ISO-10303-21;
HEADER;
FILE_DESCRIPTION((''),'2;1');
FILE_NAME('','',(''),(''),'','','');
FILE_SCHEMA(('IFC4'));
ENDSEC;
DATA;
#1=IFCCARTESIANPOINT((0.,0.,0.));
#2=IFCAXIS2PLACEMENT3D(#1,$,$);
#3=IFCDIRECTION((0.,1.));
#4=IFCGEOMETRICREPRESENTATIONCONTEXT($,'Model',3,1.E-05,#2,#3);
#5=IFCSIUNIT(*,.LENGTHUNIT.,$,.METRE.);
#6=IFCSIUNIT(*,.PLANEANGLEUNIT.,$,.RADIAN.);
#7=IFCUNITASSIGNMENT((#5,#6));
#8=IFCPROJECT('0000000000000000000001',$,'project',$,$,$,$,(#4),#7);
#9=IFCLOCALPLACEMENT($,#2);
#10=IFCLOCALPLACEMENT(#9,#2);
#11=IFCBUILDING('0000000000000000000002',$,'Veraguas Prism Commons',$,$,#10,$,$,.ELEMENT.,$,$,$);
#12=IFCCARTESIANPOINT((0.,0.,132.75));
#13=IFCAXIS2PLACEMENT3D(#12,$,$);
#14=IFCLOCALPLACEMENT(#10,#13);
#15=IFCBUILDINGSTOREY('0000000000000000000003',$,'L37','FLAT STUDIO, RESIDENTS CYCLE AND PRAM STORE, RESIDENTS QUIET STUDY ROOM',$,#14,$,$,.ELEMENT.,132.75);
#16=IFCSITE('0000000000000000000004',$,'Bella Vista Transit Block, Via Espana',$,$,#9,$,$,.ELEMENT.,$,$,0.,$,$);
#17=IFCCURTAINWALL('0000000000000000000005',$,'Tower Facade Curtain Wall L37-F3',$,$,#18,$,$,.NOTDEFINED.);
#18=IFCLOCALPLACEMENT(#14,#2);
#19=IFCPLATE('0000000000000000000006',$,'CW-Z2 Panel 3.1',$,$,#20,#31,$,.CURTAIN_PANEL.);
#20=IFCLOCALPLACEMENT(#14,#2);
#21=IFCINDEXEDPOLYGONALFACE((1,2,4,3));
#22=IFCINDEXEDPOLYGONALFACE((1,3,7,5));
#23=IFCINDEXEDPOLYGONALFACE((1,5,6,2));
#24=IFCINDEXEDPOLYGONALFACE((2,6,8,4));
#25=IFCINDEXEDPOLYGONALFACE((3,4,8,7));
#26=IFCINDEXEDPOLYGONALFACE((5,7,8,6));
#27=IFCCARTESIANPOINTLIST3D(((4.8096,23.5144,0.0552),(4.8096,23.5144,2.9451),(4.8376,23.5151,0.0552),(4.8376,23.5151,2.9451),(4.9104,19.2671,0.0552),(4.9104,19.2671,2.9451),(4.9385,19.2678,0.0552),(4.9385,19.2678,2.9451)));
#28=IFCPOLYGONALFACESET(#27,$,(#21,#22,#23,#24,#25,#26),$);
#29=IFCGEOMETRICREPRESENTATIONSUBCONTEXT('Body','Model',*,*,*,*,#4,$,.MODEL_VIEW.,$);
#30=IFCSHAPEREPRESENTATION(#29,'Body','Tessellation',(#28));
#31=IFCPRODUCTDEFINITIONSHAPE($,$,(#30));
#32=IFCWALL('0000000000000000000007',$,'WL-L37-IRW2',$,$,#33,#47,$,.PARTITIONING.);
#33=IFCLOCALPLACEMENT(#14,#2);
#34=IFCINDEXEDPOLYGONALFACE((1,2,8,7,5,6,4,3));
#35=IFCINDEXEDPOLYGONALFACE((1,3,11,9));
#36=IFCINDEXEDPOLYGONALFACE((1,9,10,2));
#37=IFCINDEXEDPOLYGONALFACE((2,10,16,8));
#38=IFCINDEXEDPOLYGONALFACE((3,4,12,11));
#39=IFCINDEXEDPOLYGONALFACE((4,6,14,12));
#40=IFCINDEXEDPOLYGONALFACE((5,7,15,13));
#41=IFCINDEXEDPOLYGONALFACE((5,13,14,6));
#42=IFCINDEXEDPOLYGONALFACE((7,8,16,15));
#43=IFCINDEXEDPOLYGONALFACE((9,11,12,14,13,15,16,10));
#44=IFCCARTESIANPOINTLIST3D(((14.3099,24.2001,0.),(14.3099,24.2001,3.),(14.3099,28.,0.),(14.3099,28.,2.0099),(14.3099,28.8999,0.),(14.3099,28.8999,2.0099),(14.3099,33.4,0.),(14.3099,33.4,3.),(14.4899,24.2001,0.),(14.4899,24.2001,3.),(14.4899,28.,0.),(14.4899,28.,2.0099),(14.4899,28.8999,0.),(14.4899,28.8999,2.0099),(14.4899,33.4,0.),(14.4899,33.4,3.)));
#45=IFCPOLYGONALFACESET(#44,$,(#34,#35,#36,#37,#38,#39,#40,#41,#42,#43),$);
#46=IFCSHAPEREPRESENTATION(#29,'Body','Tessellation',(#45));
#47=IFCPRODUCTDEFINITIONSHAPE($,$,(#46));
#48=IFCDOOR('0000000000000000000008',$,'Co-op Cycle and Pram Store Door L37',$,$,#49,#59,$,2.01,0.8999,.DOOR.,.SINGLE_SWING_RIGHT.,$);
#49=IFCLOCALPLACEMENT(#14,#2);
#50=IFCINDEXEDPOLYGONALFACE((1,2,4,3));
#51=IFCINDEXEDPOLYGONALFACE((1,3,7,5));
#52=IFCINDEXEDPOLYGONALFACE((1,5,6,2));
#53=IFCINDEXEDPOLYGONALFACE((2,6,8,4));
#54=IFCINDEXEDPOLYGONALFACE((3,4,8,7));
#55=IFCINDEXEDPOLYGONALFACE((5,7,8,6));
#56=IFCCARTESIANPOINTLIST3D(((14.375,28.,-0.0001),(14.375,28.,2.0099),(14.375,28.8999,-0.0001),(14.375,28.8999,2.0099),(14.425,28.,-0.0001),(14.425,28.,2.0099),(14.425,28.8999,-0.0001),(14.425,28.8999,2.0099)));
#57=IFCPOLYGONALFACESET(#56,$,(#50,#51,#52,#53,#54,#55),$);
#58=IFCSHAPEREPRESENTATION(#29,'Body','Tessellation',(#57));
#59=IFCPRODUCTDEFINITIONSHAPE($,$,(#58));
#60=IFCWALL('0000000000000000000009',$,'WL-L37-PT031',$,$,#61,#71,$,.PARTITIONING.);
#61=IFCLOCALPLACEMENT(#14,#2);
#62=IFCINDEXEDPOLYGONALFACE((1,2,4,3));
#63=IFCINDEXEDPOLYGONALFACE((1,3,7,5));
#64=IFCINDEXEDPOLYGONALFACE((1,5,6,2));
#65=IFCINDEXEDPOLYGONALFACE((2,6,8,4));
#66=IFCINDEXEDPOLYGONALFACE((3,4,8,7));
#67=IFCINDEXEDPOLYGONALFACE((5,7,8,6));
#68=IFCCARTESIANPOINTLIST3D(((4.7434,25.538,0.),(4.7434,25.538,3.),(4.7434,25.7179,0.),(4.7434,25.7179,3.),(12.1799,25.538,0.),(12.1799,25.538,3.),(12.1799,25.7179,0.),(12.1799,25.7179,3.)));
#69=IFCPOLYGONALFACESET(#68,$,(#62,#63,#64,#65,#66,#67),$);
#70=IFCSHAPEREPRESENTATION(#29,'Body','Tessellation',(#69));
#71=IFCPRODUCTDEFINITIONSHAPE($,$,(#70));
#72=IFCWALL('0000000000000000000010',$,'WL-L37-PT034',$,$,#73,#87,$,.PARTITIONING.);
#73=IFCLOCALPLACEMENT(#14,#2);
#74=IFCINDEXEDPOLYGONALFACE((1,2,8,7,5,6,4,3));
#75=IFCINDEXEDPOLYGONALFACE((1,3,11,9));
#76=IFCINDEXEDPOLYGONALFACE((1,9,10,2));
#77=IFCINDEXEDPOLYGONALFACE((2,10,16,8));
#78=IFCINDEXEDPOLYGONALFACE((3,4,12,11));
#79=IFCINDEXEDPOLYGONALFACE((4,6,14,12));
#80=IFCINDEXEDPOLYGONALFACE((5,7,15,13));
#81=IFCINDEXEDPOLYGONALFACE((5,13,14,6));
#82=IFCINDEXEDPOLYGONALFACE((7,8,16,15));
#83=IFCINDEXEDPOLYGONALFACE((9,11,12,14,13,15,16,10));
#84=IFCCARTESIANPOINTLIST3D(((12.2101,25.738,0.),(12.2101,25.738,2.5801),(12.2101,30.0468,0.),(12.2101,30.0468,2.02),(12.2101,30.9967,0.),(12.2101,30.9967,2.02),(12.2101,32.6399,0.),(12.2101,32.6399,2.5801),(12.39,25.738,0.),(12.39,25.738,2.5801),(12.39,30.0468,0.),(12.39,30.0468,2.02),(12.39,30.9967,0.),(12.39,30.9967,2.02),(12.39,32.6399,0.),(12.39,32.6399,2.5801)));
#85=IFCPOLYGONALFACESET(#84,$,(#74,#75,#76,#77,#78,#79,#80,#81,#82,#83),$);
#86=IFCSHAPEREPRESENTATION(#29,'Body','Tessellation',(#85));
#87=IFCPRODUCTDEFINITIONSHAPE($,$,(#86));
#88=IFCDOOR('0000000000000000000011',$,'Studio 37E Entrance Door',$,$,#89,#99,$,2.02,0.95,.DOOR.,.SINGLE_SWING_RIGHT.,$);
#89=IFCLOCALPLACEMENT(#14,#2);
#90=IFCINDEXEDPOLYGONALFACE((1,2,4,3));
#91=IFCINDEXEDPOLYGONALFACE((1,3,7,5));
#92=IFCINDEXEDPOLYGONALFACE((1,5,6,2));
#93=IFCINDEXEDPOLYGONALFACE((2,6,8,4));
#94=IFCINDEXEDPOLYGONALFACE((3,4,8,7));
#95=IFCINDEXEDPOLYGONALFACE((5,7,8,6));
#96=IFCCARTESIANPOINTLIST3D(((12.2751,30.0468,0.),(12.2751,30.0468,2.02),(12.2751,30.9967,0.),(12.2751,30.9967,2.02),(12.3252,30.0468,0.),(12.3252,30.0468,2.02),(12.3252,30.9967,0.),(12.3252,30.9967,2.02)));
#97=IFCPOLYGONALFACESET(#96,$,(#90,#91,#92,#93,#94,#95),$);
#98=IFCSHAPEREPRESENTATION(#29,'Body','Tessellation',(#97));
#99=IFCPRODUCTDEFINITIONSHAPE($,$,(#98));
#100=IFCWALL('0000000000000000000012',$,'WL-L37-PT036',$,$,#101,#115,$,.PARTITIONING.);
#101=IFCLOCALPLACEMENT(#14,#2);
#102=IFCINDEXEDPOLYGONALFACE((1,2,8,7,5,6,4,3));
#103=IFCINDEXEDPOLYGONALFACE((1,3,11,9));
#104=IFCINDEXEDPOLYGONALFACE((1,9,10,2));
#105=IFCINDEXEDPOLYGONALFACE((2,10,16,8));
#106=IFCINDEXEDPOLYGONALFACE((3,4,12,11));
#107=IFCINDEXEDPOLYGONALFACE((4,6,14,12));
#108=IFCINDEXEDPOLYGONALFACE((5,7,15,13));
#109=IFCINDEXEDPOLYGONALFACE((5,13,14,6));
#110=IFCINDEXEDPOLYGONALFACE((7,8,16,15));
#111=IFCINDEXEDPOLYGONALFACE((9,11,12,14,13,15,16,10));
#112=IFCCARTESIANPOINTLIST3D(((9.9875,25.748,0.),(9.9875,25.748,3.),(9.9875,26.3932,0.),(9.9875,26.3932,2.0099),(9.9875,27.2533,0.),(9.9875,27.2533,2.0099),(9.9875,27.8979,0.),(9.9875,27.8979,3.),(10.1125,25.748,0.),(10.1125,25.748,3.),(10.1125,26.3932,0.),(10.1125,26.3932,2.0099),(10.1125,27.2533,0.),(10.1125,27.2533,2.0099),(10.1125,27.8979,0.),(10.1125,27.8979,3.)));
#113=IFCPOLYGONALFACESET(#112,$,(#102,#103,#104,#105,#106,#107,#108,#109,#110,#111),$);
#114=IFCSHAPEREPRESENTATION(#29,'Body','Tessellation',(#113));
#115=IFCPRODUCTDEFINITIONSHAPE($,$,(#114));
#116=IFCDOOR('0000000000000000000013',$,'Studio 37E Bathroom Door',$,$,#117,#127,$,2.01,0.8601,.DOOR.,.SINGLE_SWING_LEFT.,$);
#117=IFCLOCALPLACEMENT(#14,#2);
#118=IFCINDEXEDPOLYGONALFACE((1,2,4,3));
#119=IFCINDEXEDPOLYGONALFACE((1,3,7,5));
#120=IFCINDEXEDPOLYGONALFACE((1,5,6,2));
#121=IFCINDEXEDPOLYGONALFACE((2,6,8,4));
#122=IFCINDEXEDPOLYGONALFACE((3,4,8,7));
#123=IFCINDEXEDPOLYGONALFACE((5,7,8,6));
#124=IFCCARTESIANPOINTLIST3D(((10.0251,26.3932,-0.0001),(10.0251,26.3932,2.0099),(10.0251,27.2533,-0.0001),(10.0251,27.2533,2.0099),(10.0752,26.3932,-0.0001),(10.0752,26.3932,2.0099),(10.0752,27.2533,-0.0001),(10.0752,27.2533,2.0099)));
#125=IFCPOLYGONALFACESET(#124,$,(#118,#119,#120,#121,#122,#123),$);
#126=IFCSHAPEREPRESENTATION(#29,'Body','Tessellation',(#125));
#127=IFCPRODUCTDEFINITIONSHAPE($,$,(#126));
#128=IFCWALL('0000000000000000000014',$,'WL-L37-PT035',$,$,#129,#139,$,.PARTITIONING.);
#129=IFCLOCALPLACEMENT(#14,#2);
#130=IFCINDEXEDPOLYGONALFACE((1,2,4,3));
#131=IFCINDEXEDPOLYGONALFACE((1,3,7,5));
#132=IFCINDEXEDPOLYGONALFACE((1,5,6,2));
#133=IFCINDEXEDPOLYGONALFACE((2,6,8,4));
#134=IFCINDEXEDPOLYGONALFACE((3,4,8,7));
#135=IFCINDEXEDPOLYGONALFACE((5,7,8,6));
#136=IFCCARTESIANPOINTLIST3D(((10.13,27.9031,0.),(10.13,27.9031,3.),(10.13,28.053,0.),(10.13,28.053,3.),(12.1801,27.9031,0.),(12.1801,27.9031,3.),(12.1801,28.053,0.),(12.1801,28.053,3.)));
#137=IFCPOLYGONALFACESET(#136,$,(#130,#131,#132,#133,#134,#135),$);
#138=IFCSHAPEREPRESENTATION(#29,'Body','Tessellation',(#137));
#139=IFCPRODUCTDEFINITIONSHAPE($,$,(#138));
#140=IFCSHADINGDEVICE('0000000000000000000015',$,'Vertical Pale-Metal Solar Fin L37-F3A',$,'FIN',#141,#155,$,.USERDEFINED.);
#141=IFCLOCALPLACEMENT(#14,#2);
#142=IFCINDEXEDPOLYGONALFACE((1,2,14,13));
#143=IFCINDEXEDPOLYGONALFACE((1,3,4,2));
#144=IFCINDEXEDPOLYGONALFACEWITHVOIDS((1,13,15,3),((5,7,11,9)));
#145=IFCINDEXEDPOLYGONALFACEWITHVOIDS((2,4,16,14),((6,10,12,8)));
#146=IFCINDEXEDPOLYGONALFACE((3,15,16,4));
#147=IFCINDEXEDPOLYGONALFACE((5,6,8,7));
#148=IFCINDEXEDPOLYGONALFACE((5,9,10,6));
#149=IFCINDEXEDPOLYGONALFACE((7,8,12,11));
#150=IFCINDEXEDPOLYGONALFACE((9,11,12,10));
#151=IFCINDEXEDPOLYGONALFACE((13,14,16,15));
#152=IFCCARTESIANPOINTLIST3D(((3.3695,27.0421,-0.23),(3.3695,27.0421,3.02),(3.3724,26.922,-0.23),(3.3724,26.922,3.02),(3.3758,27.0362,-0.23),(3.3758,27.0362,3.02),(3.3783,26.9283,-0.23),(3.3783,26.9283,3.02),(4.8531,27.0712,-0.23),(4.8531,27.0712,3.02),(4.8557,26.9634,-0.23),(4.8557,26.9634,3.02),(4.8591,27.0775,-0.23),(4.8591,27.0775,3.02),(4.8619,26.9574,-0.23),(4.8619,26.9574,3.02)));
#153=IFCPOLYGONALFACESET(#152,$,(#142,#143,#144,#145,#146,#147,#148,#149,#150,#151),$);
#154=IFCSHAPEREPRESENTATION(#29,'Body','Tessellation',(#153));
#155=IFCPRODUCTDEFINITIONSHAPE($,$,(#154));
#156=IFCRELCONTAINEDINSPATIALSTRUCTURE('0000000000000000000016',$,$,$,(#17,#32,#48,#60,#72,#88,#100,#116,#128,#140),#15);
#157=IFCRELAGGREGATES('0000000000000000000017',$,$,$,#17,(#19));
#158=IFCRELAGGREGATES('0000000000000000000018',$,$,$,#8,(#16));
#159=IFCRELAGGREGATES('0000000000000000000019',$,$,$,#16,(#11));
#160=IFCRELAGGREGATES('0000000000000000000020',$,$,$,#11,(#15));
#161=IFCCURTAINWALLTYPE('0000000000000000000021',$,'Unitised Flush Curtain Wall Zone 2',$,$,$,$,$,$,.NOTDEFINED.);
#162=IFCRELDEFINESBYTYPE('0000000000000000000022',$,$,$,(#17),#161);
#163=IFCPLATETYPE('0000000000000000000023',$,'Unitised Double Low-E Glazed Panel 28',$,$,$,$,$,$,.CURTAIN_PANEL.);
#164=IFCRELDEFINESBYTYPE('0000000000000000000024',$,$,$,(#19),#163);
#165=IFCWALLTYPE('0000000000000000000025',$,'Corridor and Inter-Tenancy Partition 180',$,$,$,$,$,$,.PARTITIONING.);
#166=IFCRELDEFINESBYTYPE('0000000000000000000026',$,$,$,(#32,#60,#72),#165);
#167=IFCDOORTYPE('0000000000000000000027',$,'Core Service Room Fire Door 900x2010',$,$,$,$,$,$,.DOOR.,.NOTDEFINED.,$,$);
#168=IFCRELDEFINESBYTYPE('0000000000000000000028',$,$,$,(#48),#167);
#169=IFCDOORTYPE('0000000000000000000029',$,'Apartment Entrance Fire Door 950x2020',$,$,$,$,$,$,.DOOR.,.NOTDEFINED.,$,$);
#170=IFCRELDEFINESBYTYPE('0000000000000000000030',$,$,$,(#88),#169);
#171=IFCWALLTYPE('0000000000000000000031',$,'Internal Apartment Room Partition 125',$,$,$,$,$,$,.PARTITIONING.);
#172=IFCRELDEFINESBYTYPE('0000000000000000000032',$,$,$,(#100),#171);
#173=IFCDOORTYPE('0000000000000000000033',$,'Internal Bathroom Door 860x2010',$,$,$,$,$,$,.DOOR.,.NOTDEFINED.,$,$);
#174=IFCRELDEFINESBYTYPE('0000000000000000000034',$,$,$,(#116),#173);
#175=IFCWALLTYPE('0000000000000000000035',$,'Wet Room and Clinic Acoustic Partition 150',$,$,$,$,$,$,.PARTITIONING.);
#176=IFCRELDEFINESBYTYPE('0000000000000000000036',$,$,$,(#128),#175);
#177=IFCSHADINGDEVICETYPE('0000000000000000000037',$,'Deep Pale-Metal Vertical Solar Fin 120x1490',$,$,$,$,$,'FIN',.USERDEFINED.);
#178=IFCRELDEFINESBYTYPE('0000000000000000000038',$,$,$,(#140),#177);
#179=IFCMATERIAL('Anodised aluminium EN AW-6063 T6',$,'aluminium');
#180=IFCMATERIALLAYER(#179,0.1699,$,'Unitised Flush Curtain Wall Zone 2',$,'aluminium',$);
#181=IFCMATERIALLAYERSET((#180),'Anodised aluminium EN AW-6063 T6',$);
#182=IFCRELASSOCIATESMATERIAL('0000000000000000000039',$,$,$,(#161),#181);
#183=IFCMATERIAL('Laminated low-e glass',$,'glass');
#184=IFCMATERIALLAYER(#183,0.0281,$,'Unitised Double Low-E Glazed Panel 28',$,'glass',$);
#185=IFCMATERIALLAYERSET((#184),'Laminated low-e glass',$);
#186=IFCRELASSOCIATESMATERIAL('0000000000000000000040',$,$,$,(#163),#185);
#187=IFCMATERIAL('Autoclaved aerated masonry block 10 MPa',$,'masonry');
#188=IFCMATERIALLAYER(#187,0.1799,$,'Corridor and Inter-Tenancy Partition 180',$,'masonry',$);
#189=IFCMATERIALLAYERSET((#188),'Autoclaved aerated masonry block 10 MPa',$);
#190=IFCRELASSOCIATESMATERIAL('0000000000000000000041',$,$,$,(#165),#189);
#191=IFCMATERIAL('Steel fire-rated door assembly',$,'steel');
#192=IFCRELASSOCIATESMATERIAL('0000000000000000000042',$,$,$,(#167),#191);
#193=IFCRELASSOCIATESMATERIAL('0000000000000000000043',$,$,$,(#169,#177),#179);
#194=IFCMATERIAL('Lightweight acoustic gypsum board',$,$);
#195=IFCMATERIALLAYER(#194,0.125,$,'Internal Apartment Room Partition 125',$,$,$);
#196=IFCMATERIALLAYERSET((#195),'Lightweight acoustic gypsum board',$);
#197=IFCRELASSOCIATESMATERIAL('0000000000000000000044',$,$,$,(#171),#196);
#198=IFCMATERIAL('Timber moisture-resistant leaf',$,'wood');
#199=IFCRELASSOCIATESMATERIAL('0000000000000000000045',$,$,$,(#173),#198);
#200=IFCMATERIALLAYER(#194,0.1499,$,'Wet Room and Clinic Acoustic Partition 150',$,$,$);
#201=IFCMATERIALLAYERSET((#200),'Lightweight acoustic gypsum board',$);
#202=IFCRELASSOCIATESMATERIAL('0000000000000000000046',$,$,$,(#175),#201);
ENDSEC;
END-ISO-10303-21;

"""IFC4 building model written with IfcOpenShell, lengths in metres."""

from ifc_helpers import new_model, si_unit, direction, frame, frame_2d, origin, origin_2d, place, context, subcontext, project, spatial, rectangle, hollow_rectangle, extrude, source, transform, mapped, material, layer, layer_set, material_profile, profile_set, type_object, element, fill, aggregate, save


model = new_model("IFC4")

# Units and contexts
model_context = context("Model", 3, precision=1e-05, world=origin(), true_north=direction((0.0, 1.0)))
body_context = subcontext(model_context, "Body", "Model", "MODEL_VIEW")
ifc_project = project(units=[si_unit("LENGTHUNIT", "METRE"), si_unit("PLANEANGLEUNIT", "RADIAN")], contexts=[model_context])

# Site, building, storey
site_placement = place(None, origin())
site = spatial("IfcSite", under=ifc_project, at=site_placement, Name="Bella Vista Transit Block, Via Espana", CompositionType="ELEMENT", RefElevation=0.0)
building_placement = place(site_placement, origin())
building = spatial("IfcBuilding", under=site, at=building_placement, Name="Veraguas Prism Commons", CompositionType="ELEMENT")
storey_placement = place(building_placement, frame((0.0, 0.0, 132.75)))
storey = spatial("IfcBuildingStorey", under=building, at=storey_placement, Name="L37", Description="FLAT STUDIO, RESIDENTS CYCLE AND PRAM STORE, RESIDENTS QUIET STUDY ROOM", CompositionType="ELEMENT", Elevation=132.75)

# Curtain wall, plate
ifc_material_1 = material(Name="Anodised aluminium EN AW-6063 T6", Category="aluminium")
ifc_layer_1 = layer(ifc_material_1, 0.1699, Name="Unitised Flush Curtain Wall Zone 2", Category="aluminium")
ifc_layer_set_1 = layer_set([ifc_layer_1], Name="Anodised aluminium EN AW-6063 T6")
curtain_wall_type = type_object("IfcCurtainWallType", Name="Unitised Flush Curtain Wall Zone 2", PredefinedType="NOTDEFINED", material=ifc_layer_set_1)
curtain_wall_placement = place(storey_placement, origin())
curtain_wall = element("IfcCurtainWall", 1, at=curtain_wall_placement, inside=storey, type_object=curtain_wall_type, Name="Tower Facade Curtain Wall L37-F3", PredefinedType="NOTDEFINED")
ifc_material_2 = material(Name="Laminated low-e glass", Category="glass")
ifc_layer_2 = layer(ifc_material_2, 0.0281, Name="Unitised Double Low-E Glazed Panel 28", Category="glass")
ifc_layer_set_2 = layer_set([ifc_layer_2], Name="Laminated low-e glass")
plate_type = type_object("IfcPlateType", Name="Unitised Double Low-E Glazed Panel 28", PredefinedType="CURTAIN_PANEL", material=ifc_layer_set_2)
shared_shape_1 = source(origin(), body_context, "Body", "SweptSolid", [
    extrude(rectangle(XDim=4.2485, YDim=0.0281, at=origin_2d()), origin(), (0.0, 0.0, 1.0), 2.8899),
])
plate_1_placement = place(storey_placement, frame((4.874, 21.3911, 0.0552), z_axis=(0.0, 0.0, 1.0), x_axis=(0.023738, -0.999718, 0.0)))
plate_1 = element("IfcPlate", 2, at=plate_1_placement, type_object=plate_type, Name="CW-Z2 Panel 3.1", PredefinedType="CURTAIN_PANEL", context=body_context, shape_type="MappedRepresentation", body=[
    mapped(shared_shape_1, transform((0.0, 0.0, 0.0), scale=1.0)),
])
aggregate(curtain_wall, [plate_1])

# Wall, opening, door
ifc_material_3 = material(Name="Autoclaved aerated masonry block 10 MPa", Category="masonry")
ifc_layer_3 = layer(ifc_material_3, 0.1799, Name="Corridor and Inter-Tenancy Partition 180", Category="masonry")
ifc_layer_set_3 = layer_set([ifc_layer_3], Name="Autoclaved aerated masonry block 10 MPa")
wall_type_1 = type_object("IfcWallType", Name="Corridor and Inter-Tenancy Partition 180", PredefinedType="PARTITIONING", material=ifc_layer_set_3)
wall_1_placement = place(storey_placement, frame((14.3999, 24.2, 0.0), z_axis=(0.0, 0.0, 1.0), x_axis=(0.0, 1.0, 0.0)))
wall_1 = element("IfcWall", 3, at=wall_1_placement, inside=storey, type_object=wall_type_1, Name="WL-L37-IRW2", PredefinedType="PARTITIONING", context=body_context, shape_type="SweptSolid", body=[
    extrude(rectangle(XDim=9.2, YDim=0.1799, at=frame_2d((4.6001, 0.0))), origin(), (0.0, 0.0, 1.0), 3.0),
])
opening_1_placement = place(wall_1_placement, frame((3.8, 0.0, 0.0)))
opening_1 = element("IfcOpeningElement", 4, at=opening_1_placement, cuts=wall_1, PredefinedType="OPENING", context=body_context, shape_type="SweptSolid", body=[
    extrude(rectangle(XDim=0.8999, YDim=2.01, at=frame_2d((0.45, 1.0049))), frame((0.0, 0.0999, 0.0), z_axis=(0.0, -1.0, 0.0), x_axis=(1.0, 0.0, 0.0)), (0.0, 0.0, 1.0), 0.2),
])
ifc_material_4 = material(Name="Steel fire-rated door assembly", Category="steel")
door_type_1 = type_object("IfcDoorType", Name="Core Service Room Fire Door 900x2010", OperationType="NOTDEFINED", PredefinedType="DOOR", material=ifc_material_4)
shared_shape_2 = source(origin(), body_context, "Body", "SweptSolid", [
    extrude(rectangle(XDim=0.8999, YDim=2.01, at=frame_2d((0.45, 1.0049))), frame((0.0, 0.0249, 0.0), z_axis=(0.0, -1.0, 0.0), x_axis=(1.0, 0.0, 0.0)), (0.0, 0.0, 1.0), 0.05),
])
door_1_placement = place(opening_1_placement, origin())
door_1 = element("IfcDoor", 5, at=door_1_placement, inside=storey, type_object=door_type_1, Name="Co-op Cycle and Pram Store Door L37", OperationType="SINGLE_SWING_RIGHT", OverallHeight=2.01, OverallWidth=0.8999, PredefinedType="DOOR", context=body_context, shape_type="MappedRepresentation", body=[
    mapped(shared_shape_2, transform((0.0, 0.0, 0.0), scale=1.0)),
])
fill(opening_1, door_1)

# Wall
wall_2_placement = place(storey_placement, frame((12.1799, 25.6279, 0.0), z_axis=(0.0, 0.0, 1.0), x_axis=(-1.0, 0.0, 0.0)))
element("IfcWall", 6, at=wall_2_placement, inside=storey, type_object=wall_type_1, Name="WL-L37-PT031", PredefinedType="PARTITIONING", context=body_context, shape_type="SweptSolid", body=[
    extrude(rectangle(XDim=7.4365, YDim=0.1799, at=frame_2d((3.7183, 0.0))), origin(), (0.0, 0.0, 1.0), 3.0),
])

# Walls, openings, doors
wall_3_placement = place(storey_placement, frame((12.3, 25.738, 0.0), z_axis=(0.0, 0.0, 1.0), x_axis=(0.0, 1.0, 0.0)))
wall_3 = element("IfcWall", 7, at=wall_3_placement, inside=storey, type_object=wall_type_1, Name="WL-L37-PT034", PredefinedType="PARTITIONING", context=body_context, shape_type="SweptSolid", body=[
    extrude(rectangle(XDim=6.9019, YDim=0.1799, at=frame_2d((3.4509, 0.0))), origin(), (0.0, 0.0, 1.0), 2.5801),
])
opening_2_placement = place(wall_3_placement, frame((4.3086, 0.0, 0.0)))
opening_2 = element("IfcOpeningElement", 8, at=opening_2_placement, cuts=wall_3, PredefinedType="OPENING", context=body_context, shape_type="SweptSolid", body=[
    extrude(rectangle(XDim=0.95, YDim=2.02, at=frame_2d((0.4751, 1.01))), frame((0.0, 0.0999, 0.0), z_axis=(0.0, -1.0, 0.0), x_axis=(1.0, 0.0, 0.0)), (0.0, 0.0, 1.0), 0.2),
])
door_type_2 = type_object("IfcDoorType", Name="Apartment Entrance Fire Door 950x2020", OperationType="NOTDEFINED", PredefinedType="DOOR", material=ifc_material_1)
shared_shape_3 = source(origin(), body_context, "Body", "SweptSolid", [
    extrude(rectangle(XDim=0.95, YDim=2.02, at=frame_2d((0.4751, 1.01))), frame((0.0, 0.0249, 0.0), z_axis=(0.0, -1.0, 0.0), x_axis=(1.0, 0.0, 0.0)), (0.0, 0.0, 1.0), 0.05),
])
door_2_placement = place(opening_2_placement, origin())
door_2 = element("IfcDoor", 9, at=door_2_placement, inside=storey, type_object=door_type_2, Name="Studio 37E Entrance Door", OperationType="SINGLE_SWING_RIGHT", OverallHeight=2.02, OverallWidth=0.95, PredefinedType="DOOR", context=body_context, shape_type="MappedRepresentation", body=[
    mapped(shared_shape_3, transform((0.0, 0.0, 0.0), scale=1.0)),
])
fill(opening_2, door_2)
ifc_material_5 = material(Name="Lightweight acoustic gypsum board")
ifc_layer_4 = layer(ifc_material_5, 0.125, Name="Internal Apartment Room Partition 125")
ifc_layer_set_4 = layer_set([ifc_layer_4], Name="Lightweight acoustic gypsum board")
wall_type_2 = type_object("IfcWallType", Name="Internal Apartment Room Partition 125", PredefinedType="PARTITIONING", material=ifc_layer_set_4)
wall_4_placement = place(storey_placement, frame((10.05, 25.748, 0.0), z_axis=(0.0, 0.0, 1.0), x_axis=(0.0, 1.0, 0.0)))
wall_4 = element("IfcWall", 10, at=wall_4_placement, inside=storey, type_object=wall_type_2, Name="WL-L37-PT036", PredefinedType="PARTITIONING", context=body_context, shape_type="SweptSolid", body=[
    extrude(rectangle(XDim=2.1499, YDim=0.125, at=frame_2d((1.075, 0.0))), origin(), (0.0, 0.0, 1.0), 3.0),
])
opening_3_placement = place(wall_4_placement, frame((0.645, 0.0, 0.0)))
opening_3 = element("IfcOpeningElement", 11, at=opening_3_placement, cuts=wall_4, PredefinedType="OPENING", context=body_context, shape_type="SweptSolid", body=[
    extrude(rectangle(XDim=0.8601, YDim=2.01, at=frame_2d((0.4302, 1.0049))), frame((0.0, 0.0725, 0.0), z_axis=(0.0, -1.0, 0.0), x_axis=(1.0, 0.0, 0.0)), (0.0, 0.0, 1.0), 0.145),
])
ifc_material_6 = material(Name="Timber moisture-resistant leaf", Category="wood")
door_type_3 = type_object("IfcDoorType", Name="Internal Bathroom Door 860x2010", OperationType="NOTDEFINED", PredefinedType="DOOR", material=ifc_material_6)
shared_shape_4 = source(origin(), body_context, "Body", "SweptSolid", [
    extrude(rectangle(XDim=0.8601, YDim=2.01, at=frame_2d((0.4302, 1.0049))), frame((0.0, 0.0249, 0.0), z_axis=(0.0, -1.0, 0.0), x_axis=(1.0, 0.0, 0.0)), (0.0, 0.0, 1.0), 0.05),
])
door_3_placement = place(opening_3_placement, origin())
door_3 = element("IfcDoor", 12, at=door_3_placement, inside=storey, type_object=door_type_3, Name="Studio 37E Bathroom Door", OperationType="SINGLE_SWING_LEFT", OverallHeight=2.01, OverallWidth=0.8601, PredefinedType="DOOR", context=body_context, shape_type="MappedRepresentation", body=[
    mapped(shared_shape_4, transform((0.0, 0.0, 0.0), scale=1.0)),
])
fill(opening_3, door_3)

# Wall
ifc_layer_5 = layer(ifc_material_5, 0.1499, Name="Wet Room and Clinic Acoustic Partition 150")
ifc_layer_set_5 = layer_set([ifc_layer_5], Name="Lightweight acoustic gypsum board")
wall_type_3 = type_object("IfcWallType", Name="Wet Room and Clinic Acoustic Partition 150", PredefinedType="PARTITIONING", material=ifc_layer_set_5)
wall_5_placement = place(storey_placement, frame((12.1799, 27.978, 0.0), z_axis=(0.0, 0.0, 1.0), x_axis=(-1.0, 0.0, 0.0)))
element("IfcWall", 13, at=wall_5_placement, inside=storey, type_object=wall_type_3, Name="WL-L37-PT035", PredefinedType="PARTITIONING", context=body_context, shape_type="SweptSolid", body=[
    extrude(rectangle(XDim=2.05, YDim=0.1499, at=frame_2d((1.0249, 0.0))), origin(), (0.0, 0.0, 1.0), 3.0),
])

# Shading device
ifc_material_profile_1 = material_profile(ifc_material_1, hollow_rectangle(XDim=0.1201, YDim=1.49, WallThickness=0.0061, at=origin_2d()), Name="FIN120X1490X6")
ifc_profile_set_1 = profile_set([ifc_material_profile_1], Name="Anodised aluminium EN AW-6063 T6")
shading_device_type = type_object("IfcShadingDeviceType", Name="Deep Pale-Metal Vertical Solar Fin 120x1490", ElementType="FIN", PredefinedType="USERDEFINED", material=ifc_profile_set_1)
shading_device_placement = place(storey_placement, frame((4.1157, 26.9998, -0.23), z_axis=(0.0, 0.0, 1.0), x_axis=(0.023734, -0.999718, 0.0)))
element("IfcShadingDevice", 14, at=shading_device_placement, inside=storey, type_object=shading_device_type, Name="Vertical Pale-Metal Solar Fin L37-F3A", ObjectType="FIN", PredefinedType="USERDEFINED", context=body_context, shape_type="SweptSolid", body=[
    extrude(hollow_rectangle(XDim=0.1201, YDim=1.49, WallThickness=0.0061, at=origin_2d()), origin(), (0.0, 0.0, 1.0), 3.25),
])

save(model, "model.ifc")
